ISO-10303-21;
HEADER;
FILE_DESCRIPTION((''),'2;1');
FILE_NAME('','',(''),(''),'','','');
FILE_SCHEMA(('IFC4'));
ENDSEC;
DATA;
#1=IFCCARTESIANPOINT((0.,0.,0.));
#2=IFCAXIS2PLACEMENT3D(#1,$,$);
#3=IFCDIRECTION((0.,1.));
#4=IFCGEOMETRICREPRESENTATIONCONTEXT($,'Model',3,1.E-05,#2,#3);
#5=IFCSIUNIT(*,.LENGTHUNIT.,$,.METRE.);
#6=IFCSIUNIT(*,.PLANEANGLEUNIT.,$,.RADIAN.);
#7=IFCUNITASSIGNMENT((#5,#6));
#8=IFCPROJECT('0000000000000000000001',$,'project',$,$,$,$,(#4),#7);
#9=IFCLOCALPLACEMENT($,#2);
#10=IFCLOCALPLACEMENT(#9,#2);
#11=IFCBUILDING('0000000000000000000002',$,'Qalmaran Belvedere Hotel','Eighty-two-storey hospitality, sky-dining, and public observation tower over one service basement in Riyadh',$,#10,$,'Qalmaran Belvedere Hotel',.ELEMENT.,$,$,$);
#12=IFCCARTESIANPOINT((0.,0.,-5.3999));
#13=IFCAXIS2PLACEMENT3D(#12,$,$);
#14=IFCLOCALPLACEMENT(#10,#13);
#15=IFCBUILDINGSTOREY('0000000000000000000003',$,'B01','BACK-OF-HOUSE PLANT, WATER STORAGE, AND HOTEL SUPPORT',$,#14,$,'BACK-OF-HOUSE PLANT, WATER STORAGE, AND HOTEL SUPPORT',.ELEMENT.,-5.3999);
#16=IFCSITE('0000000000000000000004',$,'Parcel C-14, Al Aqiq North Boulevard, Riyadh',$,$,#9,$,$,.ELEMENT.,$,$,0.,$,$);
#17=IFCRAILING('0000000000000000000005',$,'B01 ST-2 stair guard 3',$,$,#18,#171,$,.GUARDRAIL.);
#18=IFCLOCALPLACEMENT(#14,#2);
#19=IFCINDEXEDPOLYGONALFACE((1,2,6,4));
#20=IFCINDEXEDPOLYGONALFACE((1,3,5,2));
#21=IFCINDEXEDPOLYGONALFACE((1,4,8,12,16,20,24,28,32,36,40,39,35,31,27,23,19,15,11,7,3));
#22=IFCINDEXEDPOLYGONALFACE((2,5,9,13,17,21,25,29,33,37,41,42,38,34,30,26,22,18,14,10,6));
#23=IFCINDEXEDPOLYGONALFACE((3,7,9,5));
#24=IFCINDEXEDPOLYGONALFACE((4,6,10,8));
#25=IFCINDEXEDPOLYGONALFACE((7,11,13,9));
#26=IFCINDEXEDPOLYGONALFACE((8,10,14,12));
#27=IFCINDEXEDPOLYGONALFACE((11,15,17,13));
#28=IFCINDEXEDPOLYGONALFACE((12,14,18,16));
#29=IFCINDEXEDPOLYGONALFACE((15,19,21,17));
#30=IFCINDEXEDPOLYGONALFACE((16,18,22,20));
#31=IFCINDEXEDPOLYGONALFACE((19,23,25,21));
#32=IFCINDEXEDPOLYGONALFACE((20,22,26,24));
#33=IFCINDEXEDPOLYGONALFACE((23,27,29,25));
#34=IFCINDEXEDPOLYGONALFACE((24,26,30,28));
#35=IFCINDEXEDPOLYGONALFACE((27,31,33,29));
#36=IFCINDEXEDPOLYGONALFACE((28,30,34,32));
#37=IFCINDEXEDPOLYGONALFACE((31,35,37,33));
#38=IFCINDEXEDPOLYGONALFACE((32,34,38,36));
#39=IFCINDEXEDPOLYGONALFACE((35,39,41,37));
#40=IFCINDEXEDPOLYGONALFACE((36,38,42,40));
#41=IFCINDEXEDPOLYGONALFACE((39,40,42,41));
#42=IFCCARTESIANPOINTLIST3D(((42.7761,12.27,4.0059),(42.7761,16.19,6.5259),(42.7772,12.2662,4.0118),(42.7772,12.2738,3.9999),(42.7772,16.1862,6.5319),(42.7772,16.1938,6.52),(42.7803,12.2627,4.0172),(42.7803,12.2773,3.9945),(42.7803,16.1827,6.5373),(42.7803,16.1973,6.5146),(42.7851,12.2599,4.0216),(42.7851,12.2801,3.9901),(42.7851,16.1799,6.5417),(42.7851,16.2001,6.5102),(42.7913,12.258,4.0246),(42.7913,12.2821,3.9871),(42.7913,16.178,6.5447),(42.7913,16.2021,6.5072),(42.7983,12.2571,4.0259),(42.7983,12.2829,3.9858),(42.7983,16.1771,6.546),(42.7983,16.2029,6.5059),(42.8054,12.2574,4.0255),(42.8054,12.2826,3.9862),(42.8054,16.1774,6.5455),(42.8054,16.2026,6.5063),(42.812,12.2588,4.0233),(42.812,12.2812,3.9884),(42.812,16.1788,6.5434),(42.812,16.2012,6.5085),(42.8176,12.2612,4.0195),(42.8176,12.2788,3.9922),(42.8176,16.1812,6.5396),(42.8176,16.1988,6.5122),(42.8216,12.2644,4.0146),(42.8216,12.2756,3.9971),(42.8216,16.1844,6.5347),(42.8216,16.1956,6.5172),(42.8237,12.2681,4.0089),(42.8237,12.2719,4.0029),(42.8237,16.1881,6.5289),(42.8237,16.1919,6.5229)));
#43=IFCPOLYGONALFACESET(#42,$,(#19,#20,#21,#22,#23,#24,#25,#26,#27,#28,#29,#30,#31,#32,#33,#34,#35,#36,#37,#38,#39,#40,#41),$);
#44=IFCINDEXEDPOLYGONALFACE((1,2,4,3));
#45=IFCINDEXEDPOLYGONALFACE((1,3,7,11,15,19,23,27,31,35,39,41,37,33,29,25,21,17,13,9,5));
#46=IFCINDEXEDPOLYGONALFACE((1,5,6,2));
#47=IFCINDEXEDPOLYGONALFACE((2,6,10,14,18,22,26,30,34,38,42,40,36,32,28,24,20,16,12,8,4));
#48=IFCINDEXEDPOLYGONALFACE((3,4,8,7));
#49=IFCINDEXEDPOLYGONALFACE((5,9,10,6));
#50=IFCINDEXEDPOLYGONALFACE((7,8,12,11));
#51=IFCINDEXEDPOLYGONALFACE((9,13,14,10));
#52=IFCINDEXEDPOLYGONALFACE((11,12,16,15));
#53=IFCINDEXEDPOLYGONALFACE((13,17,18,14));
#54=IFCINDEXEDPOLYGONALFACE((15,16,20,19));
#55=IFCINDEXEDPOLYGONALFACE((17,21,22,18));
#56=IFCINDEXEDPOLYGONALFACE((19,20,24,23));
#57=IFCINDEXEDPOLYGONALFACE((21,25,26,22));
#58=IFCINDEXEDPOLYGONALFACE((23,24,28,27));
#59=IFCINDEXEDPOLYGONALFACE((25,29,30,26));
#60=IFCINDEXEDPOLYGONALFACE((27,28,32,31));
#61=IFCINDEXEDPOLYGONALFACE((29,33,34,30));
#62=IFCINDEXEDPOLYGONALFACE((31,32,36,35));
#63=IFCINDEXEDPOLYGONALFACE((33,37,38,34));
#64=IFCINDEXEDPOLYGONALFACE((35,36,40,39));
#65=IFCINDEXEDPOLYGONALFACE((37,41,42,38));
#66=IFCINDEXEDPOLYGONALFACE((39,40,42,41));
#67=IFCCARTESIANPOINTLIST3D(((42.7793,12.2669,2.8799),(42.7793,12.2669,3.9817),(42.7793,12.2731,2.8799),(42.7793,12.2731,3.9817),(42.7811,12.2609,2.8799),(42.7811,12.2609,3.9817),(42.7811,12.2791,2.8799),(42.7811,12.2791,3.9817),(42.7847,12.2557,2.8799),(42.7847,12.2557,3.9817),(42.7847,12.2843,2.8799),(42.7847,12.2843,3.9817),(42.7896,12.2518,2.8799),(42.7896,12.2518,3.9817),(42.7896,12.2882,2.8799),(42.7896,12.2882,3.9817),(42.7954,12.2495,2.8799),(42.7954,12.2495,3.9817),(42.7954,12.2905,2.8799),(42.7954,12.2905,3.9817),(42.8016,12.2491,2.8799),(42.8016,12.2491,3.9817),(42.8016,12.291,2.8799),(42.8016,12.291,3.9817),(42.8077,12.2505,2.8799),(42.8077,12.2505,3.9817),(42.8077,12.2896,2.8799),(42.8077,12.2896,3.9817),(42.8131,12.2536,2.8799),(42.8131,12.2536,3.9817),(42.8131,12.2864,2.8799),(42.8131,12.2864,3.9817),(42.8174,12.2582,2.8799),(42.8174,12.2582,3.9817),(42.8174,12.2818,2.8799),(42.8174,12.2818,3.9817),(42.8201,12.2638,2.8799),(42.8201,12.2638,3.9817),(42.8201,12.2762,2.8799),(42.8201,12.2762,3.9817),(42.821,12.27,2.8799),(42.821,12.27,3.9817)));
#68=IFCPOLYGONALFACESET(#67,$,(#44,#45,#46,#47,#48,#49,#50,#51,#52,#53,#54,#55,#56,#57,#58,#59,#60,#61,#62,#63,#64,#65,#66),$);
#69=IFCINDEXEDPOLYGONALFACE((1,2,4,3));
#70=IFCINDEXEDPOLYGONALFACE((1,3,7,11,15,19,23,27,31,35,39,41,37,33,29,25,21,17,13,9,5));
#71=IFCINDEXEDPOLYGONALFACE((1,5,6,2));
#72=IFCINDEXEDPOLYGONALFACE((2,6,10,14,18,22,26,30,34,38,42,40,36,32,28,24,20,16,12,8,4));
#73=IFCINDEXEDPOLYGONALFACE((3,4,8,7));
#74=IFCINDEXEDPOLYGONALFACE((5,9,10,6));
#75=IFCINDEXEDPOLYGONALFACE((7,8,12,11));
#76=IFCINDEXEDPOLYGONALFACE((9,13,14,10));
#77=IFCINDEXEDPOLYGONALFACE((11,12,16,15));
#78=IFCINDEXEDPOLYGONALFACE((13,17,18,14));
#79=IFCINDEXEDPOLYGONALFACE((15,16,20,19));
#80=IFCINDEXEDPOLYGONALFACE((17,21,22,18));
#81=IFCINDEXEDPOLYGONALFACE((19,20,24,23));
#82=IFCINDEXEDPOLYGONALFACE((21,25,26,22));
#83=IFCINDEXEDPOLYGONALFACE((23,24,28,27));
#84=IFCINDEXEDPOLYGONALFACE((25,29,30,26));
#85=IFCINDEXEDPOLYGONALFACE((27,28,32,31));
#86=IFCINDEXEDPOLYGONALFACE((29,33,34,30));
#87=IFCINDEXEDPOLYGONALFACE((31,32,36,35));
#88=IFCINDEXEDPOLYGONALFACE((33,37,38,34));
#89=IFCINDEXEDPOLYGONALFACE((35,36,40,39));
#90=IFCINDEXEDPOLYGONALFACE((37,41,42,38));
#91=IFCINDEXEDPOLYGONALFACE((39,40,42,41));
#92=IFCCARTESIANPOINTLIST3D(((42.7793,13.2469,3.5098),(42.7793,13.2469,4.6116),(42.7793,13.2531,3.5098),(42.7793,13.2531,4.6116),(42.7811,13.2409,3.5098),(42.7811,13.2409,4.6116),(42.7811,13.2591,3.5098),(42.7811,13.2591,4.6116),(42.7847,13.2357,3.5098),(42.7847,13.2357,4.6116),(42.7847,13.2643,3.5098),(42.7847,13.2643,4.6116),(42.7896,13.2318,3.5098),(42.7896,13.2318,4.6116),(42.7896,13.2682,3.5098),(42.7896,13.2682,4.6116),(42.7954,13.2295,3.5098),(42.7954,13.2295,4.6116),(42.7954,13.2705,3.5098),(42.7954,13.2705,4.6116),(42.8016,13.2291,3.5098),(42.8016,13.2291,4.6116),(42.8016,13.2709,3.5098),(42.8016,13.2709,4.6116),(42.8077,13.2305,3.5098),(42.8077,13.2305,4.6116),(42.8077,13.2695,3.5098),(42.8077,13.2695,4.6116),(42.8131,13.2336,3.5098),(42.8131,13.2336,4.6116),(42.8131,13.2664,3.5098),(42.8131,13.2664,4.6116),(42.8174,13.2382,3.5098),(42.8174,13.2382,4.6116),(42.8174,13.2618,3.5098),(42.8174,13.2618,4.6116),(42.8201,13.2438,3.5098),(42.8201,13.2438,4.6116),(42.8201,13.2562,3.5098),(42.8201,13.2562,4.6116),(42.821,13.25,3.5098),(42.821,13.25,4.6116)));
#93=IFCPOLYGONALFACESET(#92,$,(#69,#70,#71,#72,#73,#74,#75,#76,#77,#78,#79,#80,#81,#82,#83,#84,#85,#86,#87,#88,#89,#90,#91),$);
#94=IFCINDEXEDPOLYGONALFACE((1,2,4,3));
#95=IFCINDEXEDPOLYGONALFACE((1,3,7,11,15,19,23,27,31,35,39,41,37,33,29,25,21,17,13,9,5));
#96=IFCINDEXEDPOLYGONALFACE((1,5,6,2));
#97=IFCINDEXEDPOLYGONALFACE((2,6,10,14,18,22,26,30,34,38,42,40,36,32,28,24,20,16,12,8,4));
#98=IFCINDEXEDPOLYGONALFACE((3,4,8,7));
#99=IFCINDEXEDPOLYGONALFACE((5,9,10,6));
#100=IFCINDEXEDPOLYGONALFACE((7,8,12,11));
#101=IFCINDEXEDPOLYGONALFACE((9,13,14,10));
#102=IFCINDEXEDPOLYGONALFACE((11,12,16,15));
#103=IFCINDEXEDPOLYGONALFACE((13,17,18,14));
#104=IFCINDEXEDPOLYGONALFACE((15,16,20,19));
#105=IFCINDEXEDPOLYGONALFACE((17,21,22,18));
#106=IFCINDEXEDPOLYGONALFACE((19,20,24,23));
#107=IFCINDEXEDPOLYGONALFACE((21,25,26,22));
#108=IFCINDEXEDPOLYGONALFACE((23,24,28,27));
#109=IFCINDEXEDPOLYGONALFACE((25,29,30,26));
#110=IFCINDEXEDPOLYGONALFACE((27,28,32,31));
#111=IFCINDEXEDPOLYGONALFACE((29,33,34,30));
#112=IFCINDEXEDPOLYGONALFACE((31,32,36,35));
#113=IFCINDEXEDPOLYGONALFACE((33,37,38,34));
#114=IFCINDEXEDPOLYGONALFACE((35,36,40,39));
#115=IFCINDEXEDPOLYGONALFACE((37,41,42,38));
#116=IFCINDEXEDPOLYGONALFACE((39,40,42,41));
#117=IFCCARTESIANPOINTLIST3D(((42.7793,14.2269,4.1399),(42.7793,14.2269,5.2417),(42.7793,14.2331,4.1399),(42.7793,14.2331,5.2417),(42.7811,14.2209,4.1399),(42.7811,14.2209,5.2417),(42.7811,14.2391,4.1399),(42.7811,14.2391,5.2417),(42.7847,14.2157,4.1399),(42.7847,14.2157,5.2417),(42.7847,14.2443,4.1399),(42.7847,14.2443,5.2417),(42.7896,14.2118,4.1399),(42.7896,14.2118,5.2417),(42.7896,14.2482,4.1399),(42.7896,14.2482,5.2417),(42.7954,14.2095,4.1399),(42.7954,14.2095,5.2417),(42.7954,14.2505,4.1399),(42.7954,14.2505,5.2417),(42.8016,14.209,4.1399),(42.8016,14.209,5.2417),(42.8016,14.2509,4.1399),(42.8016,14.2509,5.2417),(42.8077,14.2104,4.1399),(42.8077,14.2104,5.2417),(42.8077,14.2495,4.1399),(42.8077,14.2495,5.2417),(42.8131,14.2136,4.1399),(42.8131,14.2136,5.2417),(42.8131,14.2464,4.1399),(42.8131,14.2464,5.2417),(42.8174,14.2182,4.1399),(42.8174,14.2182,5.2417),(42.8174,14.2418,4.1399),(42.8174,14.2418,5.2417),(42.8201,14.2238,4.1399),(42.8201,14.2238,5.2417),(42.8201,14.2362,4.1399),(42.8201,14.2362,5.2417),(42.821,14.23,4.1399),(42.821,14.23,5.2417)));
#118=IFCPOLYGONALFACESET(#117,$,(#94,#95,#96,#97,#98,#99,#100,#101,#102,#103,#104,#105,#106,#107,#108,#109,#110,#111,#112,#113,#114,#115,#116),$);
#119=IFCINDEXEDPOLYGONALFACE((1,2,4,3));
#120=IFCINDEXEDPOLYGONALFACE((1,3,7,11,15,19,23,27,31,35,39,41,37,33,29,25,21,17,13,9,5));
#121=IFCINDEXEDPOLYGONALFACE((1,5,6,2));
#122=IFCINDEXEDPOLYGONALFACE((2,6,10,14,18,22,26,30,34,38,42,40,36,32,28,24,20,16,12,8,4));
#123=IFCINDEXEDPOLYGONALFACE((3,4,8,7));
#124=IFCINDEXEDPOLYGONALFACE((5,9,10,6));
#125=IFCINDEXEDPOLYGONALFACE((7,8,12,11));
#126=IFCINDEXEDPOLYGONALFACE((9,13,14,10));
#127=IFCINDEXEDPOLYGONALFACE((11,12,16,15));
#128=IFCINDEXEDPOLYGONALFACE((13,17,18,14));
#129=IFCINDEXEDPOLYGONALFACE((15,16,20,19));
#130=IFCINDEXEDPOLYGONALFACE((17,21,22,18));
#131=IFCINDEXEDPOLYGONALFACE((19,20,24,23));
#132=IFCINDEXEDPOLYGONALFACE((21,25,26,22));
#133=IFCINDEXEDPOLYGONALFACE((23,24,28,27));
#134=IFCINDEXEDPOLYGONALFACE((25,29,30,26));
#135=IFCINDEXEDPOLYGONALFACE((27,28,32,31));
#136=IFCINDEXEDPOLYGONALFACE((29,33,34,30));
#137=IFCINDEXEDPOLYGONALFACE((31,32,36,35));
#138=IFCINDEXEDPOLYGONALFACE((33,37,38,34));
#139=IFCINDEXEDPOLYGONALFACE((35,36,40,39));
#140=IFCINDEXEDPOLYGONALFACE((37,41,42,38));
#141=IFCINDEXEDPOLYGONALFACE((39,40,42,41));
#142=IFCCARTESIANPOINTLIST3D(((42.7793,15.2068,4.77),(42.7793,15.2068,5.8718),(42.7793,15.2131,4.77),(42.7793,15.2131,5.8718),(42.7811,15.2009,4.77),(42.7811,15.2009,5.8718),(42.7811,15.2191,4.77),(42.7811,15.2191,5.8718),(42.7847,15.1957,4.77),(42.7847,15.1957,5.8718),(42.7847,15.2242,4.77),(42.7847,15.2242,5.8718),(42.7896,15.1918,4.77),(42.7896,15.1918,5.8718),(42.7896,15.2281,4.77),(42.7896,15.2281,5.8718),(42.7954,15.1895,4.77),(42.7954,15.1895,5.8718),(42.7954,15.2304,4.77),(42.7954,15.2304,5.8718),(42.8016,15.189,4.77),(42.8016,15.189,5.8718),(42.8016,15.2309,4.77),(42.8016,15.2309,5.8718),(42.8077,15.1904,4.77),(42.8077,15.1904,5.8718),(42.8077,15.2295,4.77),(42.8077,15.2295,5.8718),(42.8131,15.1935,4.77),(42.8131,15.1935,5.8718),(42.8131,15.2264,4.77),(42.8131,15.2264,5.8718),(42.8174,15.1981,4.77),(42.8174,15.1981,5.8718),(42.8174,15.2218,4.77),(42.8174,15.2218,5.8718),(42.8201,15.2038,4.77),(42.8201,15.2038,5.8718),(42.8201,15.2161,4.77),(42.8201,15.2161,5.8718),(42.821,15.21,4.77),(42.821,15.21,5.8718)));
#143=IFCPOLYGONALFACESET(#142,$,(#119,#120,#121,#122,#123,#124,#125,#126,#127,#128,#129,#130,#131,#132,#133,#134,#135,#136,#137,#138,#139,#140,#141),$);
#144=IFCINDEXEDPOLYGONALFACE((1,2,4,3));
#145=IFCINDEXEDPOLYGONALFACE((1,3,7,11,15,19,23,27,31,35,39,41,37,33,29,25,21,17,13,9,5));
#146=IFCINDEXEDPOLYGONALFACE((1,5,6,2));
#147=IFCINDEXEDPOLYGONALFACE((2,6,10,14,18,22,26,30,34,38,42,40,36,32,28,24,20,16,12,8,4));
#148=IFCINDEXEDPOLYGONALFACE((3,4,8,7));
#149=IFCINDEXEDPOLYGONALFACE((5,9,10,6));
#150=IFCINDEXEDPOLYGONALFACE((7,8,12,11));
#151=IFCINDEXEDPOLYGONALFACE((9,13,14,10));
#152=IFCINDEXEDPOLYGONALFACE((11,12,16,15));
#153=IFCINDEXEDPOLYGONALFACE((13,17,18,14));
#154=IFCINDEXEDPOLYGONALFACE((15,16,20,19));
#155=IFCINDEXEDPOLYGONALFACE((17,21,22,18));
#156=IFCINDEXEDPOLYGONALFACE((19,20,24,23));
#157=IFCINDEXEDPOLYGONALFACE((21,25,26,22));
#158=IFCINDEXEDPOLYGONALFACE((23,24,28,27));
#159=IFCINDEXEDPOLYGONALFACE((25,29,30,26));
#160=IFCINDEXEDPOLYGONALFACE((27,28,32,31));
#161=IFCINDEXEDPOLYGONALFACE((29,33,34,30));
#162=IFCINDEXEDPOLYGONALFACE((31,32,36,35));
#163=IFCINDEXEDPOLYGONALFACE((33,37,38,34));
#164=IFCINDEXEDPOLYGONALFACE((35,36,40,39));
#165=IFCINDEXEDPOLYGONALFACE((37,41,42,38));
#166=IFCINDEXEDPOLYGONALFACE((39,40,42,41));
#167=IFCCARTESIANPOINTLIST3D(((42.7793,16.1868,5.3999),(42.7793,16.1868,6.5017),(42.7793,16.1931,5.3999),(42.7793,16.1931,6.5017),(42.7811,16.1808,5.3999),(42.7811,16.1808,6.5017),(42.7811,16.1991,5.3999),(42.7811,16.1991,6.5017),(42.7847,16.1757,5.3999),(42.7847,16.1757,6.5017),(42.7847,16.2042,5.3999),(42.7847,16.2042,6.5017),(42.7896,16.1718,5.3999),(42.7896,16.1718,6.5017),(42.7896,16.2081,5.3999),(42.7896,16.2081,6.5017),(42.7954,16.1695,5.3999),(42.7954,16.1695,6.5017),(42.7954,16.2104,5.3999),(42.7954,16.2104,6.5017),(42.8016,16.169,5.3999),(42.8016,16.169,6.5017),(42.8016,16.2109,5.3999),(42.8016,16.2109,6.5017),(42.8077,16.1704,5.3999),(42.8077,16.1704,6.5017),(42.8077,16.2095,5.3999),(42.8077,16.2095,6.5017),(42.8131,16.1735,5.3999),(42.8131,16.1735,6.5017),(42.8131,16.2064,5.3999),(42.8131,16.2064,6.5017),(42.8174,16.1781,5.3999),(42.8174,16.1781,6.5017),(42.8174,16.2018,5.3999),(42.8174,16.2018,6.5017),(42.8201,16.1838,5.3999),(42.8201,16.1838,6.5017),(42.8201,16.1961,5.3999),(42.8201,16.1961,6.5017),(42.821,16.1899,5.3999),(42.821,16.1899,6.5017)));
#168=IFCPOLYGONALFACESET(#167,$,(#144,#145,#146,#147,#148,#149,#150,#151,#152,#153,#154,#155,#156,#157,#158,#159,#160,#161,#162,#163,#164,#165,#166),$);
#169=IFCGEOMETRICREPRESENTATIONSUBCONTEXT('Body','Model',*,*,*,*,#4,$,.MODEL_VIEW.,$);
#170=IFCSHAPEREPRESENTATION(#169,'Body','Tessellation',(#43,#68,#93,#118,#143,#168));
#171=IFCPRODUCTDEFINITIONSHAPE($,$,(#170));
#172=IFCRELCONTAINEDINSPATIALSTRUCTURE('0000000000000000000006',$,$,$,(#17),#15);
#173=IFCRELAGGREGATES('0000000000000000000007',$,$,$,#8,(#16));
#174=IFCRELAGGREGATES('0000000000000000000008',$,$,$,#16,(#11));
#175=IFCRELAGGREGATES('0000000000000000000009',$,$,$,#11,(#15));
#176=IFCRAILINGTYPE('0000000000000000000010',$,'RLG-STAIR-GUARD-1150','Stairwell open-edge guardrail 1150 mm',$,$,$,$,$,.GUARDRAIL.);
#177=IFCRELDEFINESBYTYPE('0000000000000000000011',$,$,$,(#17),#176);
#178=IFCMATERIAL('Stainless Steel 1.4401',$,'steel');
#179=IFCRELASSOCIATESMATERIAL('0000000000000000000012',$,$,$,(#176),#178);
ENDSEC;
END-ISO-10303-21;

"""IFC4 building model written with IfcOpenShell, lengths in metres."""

from ifc_helpers import new_model, si_unit, direction, frame, origin, origin_2d, place, context, subcontext, project, spatial, circle, extrude, material, type_object, element, save


model = new_model("IFC4")

# Units and contexts
model_context = context("Model", 3, precision=1e-05, world=origin(), true_north=direction((0.0, 1.0)))
body_context = subcontext(model_context, "Body", "Model", "MODEL_VIEW")
ifc_project = project(units=[si_unit("LENGTHUNIT", "METRE"), si_unit("PLANEANGLEUNIT", "RADIAN")], contexts=[model_context])

# Site, building, storey
site_placement = place(None, origin())
site = spatial("IfcSite", under=ifc_project, at=site_placement, Name="Parcel C-14, Al Aqiq North Boulevard, Riyadh", CompositionType="ELEMENT", RefElevation=0.0)
building_placement = place(site_placement, origin())
building = spatial("IfcBuilding", under=site, at=building_placement, Name="Qalmaran Belvedere Hotel", Description="Eighty-two-storey hospitality, sky-dining, and public observation tower over one service basement in Riyadh", LongName="Qalmaran Belvedere Hotel", CompositionType="ELEMENT")
storey_placement = place(building_placement, frame((0.0, 0.0, -5.3999)))
storey = spatial("IfcBuildingStorey", under=building, at=storey_placement, Name="B01", Description="BACK-OF-HOUSE PLANT, WATER STORAGE, AND HOTEL SUPPORT", LongName="BACK-OF-HOUSE PLANT, WATER STORAGE, AND HOTEL SUPPORT", CompositionType="ELEMENT", Elevation=-5.3999)

# Railing
ifc_material_1 = material(Name="Stainless Steel 1.4401", Category="steel")
railing_type_1 = type_object("IfcRailingType", Name="RLG-STAIR-GUARD-1150", Description="Stairwell open-edge guardrail 1150 mm", PredefinedType="GUARDRAIL", material=ifc_material_1)
railing_1_placement = place(storey_placement, frame((42.8, 12.27, 2.8799)))
element("IfcRailing", 1, at=railing_1_placement, inside=storey, type_object=railing_type_1, Name="B01 ST-2 stair guard 3", PredefinedType="GUARDRAIL", context=body_context, shape_type="SweptSolid", body=[
    extrude(circle(Radius=0.0239, at=origin_2d()), frame((0.0, 0.0, 1.126), z_axis=(0.0, 0.841172, 0.540768), x_axis=(-1.0, 0.0, 0.0)), (0.0, 0.0, 1.0), 4.6602),
    extrude(circle(Radius=0.021, at=origin_2d()), origin(), (0.0, 0.0, 1.0), 1.1018),
    extrude(circle(Radius=0.021, at=origin_2d()), frame((0.0, 0.98, 0.6299)), (0.0, 0.0, 1.0), 1.1018),
    extrude(circle(Radius=0.021, at=origin_2d()), frame((0.0, 1.96, 1.26)), (0.0, 0.0, 1.0), 1.1018),
    extrude(circle(Radius=0.021, at=origin_2d()), frame((0.0, 2.9399, 1.8901)), (0.0, 0.0, 1.0), 1.1018),
    extrude(circle(Radius=0.021, at=origin_2d()), frame((0.0, 3.9199, 2.52)), (0.0, 0.0, 1.0), 1.1018),
])

save(model, "model.ifc")
